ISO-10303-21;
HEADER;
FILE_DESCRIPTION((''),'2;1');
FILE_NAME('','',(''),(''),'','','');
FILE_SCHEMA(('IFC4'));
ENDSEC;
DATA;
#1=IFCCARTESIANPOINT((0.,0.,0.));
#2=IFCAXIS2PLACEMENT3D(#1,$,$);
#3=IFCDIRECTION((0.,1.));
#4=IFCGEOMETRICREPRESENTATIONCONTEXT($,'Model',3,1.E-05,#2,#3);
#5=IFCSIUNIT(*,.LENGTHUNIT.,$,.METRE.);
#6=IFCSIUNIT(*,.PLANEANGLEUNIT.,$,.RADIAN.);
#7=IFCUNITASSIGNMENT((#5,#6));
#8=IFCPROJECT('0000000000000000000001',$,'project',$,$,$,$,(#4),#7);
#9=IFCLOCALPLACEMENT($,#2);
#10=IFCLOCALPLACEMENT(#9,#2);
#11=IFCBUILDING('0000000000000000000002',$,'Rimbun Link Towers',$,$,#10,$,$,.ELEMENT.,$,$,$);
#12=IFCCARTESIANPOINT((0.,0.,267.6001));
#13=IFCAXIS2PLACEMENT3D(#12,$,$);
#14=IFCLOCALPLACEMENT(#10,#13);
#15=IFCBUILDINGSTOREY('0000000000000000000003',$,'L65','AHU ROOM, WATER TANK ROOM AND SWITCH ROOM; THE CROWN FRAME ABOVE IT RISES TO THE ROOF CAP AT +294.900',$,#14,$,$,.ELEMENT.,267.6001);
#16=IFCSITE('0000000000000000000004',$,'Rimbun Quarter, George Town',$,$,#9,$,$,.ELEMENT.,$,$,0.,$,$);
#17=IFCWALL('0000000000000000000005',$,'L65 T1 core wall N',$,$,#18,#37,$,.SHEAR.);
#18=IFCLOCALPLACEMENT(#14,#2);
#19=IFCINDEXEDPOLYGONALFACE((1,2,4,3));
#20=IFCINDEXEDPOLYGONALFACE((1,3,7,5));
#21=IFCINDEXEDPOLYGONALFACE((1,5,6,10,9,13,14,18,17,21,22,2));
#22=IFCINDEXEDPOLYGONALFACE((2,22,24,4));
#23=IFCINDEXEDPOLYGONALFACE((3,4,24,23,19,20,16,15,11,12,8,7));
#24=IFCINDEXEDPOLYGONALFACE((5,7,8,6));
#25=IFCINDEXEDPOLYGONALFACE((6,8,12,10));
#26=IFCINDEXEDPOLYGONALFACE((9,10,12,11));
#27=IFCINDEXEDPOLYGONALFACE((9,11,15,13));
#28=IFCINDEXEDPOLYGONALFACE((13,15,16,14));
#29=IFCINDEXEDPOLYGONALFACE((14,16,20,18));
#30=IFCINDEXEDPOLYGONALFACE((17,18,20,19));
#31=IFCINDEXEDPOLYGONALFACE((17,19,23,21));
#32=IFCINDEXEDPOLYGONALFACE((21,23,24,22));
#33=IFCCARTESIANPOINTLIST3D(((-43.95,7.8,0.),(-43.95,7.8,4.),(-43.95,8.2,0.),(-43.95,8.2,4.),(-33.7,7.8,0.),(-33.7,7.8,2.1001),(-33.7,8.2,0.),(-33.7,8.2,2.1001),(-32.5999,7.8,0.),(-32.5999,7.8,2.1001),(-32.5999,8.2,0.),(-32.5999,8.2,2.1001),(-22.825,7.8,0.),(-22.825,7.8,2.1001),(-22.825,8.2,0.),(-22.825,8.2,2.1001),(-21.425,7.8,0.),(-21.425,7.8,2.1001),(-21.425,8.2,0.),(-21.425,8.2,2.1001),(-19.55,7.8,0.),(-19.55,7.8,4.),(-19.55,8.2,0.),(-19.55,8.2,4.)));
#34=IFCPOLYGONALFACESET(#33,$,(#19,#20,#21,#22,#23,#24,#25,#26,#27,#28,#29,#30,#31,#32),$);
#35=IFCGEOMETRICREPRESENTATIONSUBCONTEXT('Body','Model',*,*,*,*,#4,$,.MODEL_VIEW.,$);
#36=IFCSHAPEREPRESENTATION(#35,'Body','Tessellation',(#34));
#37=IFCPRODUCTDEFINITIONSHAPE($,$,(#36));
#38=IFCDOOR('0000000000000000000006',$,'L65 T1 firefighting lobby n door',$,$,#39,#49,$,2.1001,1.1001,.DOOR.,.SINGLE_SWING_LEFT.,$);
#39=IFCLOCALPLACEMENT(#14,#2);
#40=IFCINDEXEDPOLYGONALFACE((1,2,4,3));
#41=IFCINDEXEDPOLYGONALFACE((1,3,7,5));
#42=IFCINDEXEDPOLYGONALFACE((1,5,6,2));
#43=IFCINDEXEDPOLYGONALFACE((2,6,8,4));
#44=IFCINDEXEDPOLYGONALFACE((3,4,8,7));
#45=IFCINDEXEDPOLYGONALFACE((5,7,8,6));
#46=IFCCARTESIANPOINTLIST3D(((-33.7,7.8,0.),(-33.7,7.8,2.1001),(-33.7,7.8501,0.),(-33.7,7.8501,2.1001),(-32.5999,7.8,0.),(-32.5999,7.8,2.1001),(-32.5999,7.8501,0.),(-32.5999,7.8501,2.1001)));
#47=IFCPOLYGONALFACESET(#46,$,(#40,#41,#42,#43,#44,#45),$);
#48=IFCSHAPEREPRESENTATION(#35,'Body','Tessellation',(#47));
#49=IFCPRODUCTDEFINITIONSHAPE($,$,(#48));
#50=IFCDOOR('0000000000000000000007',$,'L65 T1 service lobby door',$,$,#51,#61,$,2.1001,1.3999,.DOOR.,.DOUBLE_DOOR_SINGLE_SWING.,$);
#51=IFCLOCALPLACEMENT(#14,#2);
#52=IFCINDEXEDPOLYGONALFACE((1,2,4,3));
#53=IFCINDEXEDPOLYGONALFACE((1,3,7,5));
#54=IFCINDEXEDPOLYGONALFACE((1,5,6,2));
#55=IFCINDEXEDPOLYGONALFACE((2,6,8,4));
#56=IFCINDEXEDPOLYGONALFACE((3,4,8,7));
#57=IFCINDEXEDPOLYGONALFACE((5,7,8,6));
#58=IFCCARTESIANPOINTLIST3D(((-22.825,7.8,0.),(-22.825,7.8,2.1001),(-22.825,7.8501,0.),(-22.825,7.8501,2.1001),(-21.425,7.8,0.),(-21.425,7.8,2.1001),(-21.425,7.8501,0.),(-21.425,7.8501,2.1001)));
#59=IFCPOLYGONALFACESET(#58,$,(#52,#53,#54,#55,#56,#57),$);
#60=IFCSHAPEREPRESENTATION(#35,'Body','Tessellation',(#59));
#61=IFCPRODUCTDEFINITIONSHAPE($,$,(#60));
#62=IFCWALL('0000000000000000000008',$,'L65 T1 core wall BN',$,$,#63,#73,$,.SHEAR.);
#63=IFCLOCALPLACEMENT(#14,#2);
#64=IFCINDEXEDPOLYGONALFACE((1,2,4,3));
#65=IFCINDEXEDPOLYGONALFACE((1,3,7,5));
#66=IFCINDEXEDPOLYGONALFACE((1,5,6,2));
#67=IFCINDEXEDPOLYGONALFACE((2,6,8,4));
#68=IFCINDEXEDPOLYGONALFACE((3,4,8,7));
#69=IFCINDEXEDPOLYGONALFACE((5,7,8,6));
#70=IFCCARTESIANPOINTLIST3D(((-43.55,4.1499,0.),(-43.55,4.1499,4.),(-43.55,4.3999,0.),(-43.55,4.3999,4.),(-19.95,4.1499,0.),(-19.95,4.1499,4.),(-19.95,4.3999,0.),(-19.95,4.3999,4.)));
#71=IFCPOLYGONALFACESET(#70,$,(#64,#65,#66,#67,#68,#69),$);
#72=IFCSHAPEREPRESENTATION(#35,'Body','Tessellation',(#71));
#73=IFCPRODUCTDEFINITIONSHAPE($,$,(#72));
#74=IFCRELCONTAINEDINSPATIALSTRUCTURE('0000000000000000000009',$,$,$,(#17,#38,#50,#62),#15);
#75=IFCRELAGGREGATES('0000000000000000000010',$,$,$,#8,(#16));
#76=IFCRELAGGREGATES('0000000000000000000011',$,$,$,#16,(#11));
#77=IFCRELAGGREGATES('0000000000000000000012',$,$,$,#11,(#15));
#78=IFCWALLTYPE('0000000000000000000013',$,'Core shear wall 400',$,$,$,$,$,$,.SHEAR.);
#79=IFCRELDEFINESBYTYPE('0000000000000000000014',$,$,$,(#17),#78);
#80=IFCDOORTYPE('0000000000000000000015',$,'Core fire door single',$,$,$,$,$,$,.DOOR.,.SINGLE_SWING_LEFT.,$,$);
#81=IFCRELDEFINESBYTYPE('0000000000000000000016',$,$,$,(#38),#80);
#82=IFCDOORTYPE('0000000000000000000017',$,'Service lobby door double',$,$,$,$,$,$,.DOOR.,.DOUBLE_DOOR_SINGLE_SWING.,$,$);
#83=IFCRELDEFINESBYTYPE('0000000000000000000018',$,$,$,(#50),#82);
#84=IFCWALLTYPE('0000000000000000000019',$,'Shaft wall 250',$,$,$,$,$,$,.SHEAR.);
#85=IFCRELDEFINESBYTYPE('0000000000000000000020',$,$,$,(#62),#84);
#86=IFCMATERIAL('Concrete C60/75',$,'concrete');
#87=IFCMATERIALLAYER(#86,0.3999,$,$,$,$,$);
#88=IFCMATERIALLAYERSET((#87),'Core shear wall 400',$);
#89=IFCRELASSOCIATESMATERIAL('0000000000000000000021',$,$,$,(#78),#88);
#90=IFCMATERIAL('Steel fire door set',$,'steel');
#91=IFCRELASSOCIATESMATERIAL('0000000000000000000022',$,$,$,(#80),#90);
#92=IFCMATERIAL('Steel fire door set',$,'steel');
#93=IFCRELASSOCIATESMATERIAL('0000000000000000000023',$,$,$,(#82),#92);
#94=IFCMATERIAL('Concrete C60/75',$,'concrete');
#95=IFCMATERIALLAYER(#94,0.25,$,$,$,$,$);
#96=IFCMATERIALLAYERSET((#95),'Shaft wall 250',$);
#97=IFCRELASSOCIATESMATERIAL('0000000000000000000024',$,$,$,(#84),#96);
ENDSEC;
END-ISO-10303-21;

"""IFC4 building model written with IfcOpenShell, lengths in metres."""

from ifc_helpers import new_model, si_unit, direction, frame, frame_2d, origin, place, context, subcontext, project, spatial, rectangle, extrude, material, layer, layer_set, type_object, element, fill, save


model = new_model("IFC4")

# Units and contexts
model_context = context("Model", 3, precision=1e-05, world=origin(), true_north=direction((0.0, 1.0)))
body_context = subcontext(model_context, "Body", "Model", "MODEL_VIEW")
ifc_project = project(units=[si_unit("LENGTHUNIT", "METRE"), si_unit("PLANEANGLEUNIT", "RADIAN")], contexts=[model_context])

# Site, building, storey
site_placement = place(None, origin())
site = spatial("IfcSite", under=ifc_project, at=site_placement, Name="Rimbun Quarter, George Town", CompositionType="ELEMENT", RefElevation=0.0)
building_placement = place(site_placement, origin())
building = spatial("IfcBuilding", under=site, at=building_placement, Name="Rimbun Link Towers", CompositionType="ELEMENT")
storey_placement = place(building_placement, frame((0.0, 0.0, 267.6001)))
storey = spatial("IfcBuildingStorey", under=building, at=storey_placement, Name="L65", Description="AHU ROOM, WATER TANK ROOM AND SWITCH ROOM; THE CROWN FRAME ABOVE IT RISES TO THE ROOF CAP AT +294.900", CompositionType="ELEMENT", Elevation=267.6001)

# Wall, openings, doors
ifc_material_1 = material(Name="Concrete C60/75", Category="concrete")
ifc_layer_1 = layer(ifc_material_1, 0.3999)
ifc_layer_set_1 = layer_set([ifc_layer_1], Name="Core shear wall 400")
wall_type_1 = type_object("IfcWallType", Name="Core shear wall 400", PredefinedType="SHEAR", material=ifc_layer_set_1)
wall_1_placement = place(storey_placement, frame((-43.95, 8.0, 0.0), z_axis=(0.0, 0.0, 1.0), x_axis=(1.0, 0.0, 0.0)))
wall_1 = element("IfcWall", 1, at=wall_1_placement, inside=storey, type_object=wall_type_1, Name="L65 T1 core wall N", PredefinedType="SHEAR", context=body_context, shape_type="SweptSolid", body=[
    extrude(rectangle(XDim=24.3999, YDim=0.3999, at=frame_2d((12.2, 0.0))), origin(), (0.0, 0.0, 1.0), 4.0),
])
opening_1_placement = place(wall_1_placement, frame((10.25, 0.0, 0.0)))
opening_1 = element("IfcOpeningElement", 2, at=opening_1_placement, cuts=wall_1, PredefinedType="OPENING", context=body_context, shape_type="SweptSolid", body=[
    extrude(rectangle(XDim=1.1001, YDim=2.1001, at=frame_2d((0.55, 1.05))), frame((0.0, 0.21, 0.0), z_axis=(0.0, -1.0, 0.0), x_axis=(1.0, 0.0, 0.0)), (0.0, 0.0, 1.0), 0.4199),
])
opening_2_placement = place(wall_1_placement, frame((21.125, 0.0, 0.0)))
opening_2 = element("IfcOpeningElement", 3, at=opening_2_placement, cuts=wall_1, PredefinedType="OPENING", context=body_context, shape_type="SweptSolid", body=[
    extrude(rectangle(XDim=1.3999, YDim=2.1001, at=frame_2d((0.7, 1.05))), frame((0.0, 0.21, 0.0), z_axis=(0.0, -1.0, 0.0), x_axis=(1.0, 0.0, 0.0)), (0.0, 0.0, 1.0), 0.4199),
])
ifc_material_2 = material(Name="Steel fire door set", Category="steel")
door_type_1 = type_object("IfcDoorType", Name="Core fire door single", OperationType="SINGLE_SWING_LEFT", PredefinedType="DOOR", material=ifc_material_2)
door_1_placement = place(opening_1_placement, origin())
door_1 = element("IfcDoor", 4, at=door_1_placement, inside=storey, type_object=door_type_1, Name="L65 T1 firefighting lobby n door", OperationType="SINGLE_SWING_LEFT", OverallHeight=2.1001, OverallWidth=1.1001, PredefinedType="DOOR", context=body_context, shape_type="SweptSolid", body=[
    extrude(rectangle(XDim=1.1001, YDim=2.1001, at=frame_2d((0.55, 1.05))), frame((0.0, -0.1499, 0.0), z_axis=(0.0, -1.0, 0.0), x_axis=(1.0, 0.0, 0.0)), (0.0, 0.0, 1.0), 0.05),
])
fill(opening_1, door_1)
ifc_material_3 = material(Name="Steel fire door set", Category="steel")
door_type_2 = type_object("IfcDoorType", Name="Service lobby door double", OperationType="DOUBLE_DOOR_SINGLE_SWING", PredefinedType="DOOR", material=ifc_material_3)
door_2_placement = place(opening_2_placement, origin())
door_2 = element("IfcDoor", 5, at=door_2_placement, inside=storey, type_object=door_type_2, Name="L65 T1 service lobby door", OperationType="DOUBLE_DOOR_SINGLE_SWING", OverallHeight=2.1001, OverallWidth=1.3999, PredefinedType="DOOR", context=body_context, shape_type="SweptSolid", body=[
    extrude(rectangle(XDim=1.3999, YDim=2.1001, at=frame_2d((0.7, 1.05))), frame((0.0, -0.1499, 0.0), z_axis=(0.0, -1.0, 0.0), x_axis=(1.0, 0.0, 0.0)), (0.0, 0.0, 1.0), 0.05),
])
fill(opening_2, door_2)

# Wall
ifc_material_4 = material(Name="Concrete C60/75", Category="concrete")
ifc_layer_2 = layer(ifc_material_4, 0.25)
ifc_layer_set_2 = layer_set([ifc_layer_2], Name="Shaft wall 250")
wall_type_2 = type_object("IfcWallType", Name="Shaft wall 250", PredefinedType="SHEAR", material=ifc_layer_set_2)
wall_2_placement = place(storey_placement, frame((-43.55, 4.2749, 0.0), z_axis=(0.0, 0.0, 1.0), x_axis=(1.0, 0.0, 0.0)))
element("IfcWall", 6, at=wall_2_placement, inside=storey, type_object=wall_type_2, Name="L65 T1 core wall BN", PredefinedType="SHEAR", context=body_context, shape_type="SweptSolid", body=[
    extrude(rectangle(XDim=23.6001, YDim=0.25, at=frame_2d((11.8, 0.0))), origin(), (0.0, 0.0, 1.0), 4.0),
])

save(model, "model.ifc")
